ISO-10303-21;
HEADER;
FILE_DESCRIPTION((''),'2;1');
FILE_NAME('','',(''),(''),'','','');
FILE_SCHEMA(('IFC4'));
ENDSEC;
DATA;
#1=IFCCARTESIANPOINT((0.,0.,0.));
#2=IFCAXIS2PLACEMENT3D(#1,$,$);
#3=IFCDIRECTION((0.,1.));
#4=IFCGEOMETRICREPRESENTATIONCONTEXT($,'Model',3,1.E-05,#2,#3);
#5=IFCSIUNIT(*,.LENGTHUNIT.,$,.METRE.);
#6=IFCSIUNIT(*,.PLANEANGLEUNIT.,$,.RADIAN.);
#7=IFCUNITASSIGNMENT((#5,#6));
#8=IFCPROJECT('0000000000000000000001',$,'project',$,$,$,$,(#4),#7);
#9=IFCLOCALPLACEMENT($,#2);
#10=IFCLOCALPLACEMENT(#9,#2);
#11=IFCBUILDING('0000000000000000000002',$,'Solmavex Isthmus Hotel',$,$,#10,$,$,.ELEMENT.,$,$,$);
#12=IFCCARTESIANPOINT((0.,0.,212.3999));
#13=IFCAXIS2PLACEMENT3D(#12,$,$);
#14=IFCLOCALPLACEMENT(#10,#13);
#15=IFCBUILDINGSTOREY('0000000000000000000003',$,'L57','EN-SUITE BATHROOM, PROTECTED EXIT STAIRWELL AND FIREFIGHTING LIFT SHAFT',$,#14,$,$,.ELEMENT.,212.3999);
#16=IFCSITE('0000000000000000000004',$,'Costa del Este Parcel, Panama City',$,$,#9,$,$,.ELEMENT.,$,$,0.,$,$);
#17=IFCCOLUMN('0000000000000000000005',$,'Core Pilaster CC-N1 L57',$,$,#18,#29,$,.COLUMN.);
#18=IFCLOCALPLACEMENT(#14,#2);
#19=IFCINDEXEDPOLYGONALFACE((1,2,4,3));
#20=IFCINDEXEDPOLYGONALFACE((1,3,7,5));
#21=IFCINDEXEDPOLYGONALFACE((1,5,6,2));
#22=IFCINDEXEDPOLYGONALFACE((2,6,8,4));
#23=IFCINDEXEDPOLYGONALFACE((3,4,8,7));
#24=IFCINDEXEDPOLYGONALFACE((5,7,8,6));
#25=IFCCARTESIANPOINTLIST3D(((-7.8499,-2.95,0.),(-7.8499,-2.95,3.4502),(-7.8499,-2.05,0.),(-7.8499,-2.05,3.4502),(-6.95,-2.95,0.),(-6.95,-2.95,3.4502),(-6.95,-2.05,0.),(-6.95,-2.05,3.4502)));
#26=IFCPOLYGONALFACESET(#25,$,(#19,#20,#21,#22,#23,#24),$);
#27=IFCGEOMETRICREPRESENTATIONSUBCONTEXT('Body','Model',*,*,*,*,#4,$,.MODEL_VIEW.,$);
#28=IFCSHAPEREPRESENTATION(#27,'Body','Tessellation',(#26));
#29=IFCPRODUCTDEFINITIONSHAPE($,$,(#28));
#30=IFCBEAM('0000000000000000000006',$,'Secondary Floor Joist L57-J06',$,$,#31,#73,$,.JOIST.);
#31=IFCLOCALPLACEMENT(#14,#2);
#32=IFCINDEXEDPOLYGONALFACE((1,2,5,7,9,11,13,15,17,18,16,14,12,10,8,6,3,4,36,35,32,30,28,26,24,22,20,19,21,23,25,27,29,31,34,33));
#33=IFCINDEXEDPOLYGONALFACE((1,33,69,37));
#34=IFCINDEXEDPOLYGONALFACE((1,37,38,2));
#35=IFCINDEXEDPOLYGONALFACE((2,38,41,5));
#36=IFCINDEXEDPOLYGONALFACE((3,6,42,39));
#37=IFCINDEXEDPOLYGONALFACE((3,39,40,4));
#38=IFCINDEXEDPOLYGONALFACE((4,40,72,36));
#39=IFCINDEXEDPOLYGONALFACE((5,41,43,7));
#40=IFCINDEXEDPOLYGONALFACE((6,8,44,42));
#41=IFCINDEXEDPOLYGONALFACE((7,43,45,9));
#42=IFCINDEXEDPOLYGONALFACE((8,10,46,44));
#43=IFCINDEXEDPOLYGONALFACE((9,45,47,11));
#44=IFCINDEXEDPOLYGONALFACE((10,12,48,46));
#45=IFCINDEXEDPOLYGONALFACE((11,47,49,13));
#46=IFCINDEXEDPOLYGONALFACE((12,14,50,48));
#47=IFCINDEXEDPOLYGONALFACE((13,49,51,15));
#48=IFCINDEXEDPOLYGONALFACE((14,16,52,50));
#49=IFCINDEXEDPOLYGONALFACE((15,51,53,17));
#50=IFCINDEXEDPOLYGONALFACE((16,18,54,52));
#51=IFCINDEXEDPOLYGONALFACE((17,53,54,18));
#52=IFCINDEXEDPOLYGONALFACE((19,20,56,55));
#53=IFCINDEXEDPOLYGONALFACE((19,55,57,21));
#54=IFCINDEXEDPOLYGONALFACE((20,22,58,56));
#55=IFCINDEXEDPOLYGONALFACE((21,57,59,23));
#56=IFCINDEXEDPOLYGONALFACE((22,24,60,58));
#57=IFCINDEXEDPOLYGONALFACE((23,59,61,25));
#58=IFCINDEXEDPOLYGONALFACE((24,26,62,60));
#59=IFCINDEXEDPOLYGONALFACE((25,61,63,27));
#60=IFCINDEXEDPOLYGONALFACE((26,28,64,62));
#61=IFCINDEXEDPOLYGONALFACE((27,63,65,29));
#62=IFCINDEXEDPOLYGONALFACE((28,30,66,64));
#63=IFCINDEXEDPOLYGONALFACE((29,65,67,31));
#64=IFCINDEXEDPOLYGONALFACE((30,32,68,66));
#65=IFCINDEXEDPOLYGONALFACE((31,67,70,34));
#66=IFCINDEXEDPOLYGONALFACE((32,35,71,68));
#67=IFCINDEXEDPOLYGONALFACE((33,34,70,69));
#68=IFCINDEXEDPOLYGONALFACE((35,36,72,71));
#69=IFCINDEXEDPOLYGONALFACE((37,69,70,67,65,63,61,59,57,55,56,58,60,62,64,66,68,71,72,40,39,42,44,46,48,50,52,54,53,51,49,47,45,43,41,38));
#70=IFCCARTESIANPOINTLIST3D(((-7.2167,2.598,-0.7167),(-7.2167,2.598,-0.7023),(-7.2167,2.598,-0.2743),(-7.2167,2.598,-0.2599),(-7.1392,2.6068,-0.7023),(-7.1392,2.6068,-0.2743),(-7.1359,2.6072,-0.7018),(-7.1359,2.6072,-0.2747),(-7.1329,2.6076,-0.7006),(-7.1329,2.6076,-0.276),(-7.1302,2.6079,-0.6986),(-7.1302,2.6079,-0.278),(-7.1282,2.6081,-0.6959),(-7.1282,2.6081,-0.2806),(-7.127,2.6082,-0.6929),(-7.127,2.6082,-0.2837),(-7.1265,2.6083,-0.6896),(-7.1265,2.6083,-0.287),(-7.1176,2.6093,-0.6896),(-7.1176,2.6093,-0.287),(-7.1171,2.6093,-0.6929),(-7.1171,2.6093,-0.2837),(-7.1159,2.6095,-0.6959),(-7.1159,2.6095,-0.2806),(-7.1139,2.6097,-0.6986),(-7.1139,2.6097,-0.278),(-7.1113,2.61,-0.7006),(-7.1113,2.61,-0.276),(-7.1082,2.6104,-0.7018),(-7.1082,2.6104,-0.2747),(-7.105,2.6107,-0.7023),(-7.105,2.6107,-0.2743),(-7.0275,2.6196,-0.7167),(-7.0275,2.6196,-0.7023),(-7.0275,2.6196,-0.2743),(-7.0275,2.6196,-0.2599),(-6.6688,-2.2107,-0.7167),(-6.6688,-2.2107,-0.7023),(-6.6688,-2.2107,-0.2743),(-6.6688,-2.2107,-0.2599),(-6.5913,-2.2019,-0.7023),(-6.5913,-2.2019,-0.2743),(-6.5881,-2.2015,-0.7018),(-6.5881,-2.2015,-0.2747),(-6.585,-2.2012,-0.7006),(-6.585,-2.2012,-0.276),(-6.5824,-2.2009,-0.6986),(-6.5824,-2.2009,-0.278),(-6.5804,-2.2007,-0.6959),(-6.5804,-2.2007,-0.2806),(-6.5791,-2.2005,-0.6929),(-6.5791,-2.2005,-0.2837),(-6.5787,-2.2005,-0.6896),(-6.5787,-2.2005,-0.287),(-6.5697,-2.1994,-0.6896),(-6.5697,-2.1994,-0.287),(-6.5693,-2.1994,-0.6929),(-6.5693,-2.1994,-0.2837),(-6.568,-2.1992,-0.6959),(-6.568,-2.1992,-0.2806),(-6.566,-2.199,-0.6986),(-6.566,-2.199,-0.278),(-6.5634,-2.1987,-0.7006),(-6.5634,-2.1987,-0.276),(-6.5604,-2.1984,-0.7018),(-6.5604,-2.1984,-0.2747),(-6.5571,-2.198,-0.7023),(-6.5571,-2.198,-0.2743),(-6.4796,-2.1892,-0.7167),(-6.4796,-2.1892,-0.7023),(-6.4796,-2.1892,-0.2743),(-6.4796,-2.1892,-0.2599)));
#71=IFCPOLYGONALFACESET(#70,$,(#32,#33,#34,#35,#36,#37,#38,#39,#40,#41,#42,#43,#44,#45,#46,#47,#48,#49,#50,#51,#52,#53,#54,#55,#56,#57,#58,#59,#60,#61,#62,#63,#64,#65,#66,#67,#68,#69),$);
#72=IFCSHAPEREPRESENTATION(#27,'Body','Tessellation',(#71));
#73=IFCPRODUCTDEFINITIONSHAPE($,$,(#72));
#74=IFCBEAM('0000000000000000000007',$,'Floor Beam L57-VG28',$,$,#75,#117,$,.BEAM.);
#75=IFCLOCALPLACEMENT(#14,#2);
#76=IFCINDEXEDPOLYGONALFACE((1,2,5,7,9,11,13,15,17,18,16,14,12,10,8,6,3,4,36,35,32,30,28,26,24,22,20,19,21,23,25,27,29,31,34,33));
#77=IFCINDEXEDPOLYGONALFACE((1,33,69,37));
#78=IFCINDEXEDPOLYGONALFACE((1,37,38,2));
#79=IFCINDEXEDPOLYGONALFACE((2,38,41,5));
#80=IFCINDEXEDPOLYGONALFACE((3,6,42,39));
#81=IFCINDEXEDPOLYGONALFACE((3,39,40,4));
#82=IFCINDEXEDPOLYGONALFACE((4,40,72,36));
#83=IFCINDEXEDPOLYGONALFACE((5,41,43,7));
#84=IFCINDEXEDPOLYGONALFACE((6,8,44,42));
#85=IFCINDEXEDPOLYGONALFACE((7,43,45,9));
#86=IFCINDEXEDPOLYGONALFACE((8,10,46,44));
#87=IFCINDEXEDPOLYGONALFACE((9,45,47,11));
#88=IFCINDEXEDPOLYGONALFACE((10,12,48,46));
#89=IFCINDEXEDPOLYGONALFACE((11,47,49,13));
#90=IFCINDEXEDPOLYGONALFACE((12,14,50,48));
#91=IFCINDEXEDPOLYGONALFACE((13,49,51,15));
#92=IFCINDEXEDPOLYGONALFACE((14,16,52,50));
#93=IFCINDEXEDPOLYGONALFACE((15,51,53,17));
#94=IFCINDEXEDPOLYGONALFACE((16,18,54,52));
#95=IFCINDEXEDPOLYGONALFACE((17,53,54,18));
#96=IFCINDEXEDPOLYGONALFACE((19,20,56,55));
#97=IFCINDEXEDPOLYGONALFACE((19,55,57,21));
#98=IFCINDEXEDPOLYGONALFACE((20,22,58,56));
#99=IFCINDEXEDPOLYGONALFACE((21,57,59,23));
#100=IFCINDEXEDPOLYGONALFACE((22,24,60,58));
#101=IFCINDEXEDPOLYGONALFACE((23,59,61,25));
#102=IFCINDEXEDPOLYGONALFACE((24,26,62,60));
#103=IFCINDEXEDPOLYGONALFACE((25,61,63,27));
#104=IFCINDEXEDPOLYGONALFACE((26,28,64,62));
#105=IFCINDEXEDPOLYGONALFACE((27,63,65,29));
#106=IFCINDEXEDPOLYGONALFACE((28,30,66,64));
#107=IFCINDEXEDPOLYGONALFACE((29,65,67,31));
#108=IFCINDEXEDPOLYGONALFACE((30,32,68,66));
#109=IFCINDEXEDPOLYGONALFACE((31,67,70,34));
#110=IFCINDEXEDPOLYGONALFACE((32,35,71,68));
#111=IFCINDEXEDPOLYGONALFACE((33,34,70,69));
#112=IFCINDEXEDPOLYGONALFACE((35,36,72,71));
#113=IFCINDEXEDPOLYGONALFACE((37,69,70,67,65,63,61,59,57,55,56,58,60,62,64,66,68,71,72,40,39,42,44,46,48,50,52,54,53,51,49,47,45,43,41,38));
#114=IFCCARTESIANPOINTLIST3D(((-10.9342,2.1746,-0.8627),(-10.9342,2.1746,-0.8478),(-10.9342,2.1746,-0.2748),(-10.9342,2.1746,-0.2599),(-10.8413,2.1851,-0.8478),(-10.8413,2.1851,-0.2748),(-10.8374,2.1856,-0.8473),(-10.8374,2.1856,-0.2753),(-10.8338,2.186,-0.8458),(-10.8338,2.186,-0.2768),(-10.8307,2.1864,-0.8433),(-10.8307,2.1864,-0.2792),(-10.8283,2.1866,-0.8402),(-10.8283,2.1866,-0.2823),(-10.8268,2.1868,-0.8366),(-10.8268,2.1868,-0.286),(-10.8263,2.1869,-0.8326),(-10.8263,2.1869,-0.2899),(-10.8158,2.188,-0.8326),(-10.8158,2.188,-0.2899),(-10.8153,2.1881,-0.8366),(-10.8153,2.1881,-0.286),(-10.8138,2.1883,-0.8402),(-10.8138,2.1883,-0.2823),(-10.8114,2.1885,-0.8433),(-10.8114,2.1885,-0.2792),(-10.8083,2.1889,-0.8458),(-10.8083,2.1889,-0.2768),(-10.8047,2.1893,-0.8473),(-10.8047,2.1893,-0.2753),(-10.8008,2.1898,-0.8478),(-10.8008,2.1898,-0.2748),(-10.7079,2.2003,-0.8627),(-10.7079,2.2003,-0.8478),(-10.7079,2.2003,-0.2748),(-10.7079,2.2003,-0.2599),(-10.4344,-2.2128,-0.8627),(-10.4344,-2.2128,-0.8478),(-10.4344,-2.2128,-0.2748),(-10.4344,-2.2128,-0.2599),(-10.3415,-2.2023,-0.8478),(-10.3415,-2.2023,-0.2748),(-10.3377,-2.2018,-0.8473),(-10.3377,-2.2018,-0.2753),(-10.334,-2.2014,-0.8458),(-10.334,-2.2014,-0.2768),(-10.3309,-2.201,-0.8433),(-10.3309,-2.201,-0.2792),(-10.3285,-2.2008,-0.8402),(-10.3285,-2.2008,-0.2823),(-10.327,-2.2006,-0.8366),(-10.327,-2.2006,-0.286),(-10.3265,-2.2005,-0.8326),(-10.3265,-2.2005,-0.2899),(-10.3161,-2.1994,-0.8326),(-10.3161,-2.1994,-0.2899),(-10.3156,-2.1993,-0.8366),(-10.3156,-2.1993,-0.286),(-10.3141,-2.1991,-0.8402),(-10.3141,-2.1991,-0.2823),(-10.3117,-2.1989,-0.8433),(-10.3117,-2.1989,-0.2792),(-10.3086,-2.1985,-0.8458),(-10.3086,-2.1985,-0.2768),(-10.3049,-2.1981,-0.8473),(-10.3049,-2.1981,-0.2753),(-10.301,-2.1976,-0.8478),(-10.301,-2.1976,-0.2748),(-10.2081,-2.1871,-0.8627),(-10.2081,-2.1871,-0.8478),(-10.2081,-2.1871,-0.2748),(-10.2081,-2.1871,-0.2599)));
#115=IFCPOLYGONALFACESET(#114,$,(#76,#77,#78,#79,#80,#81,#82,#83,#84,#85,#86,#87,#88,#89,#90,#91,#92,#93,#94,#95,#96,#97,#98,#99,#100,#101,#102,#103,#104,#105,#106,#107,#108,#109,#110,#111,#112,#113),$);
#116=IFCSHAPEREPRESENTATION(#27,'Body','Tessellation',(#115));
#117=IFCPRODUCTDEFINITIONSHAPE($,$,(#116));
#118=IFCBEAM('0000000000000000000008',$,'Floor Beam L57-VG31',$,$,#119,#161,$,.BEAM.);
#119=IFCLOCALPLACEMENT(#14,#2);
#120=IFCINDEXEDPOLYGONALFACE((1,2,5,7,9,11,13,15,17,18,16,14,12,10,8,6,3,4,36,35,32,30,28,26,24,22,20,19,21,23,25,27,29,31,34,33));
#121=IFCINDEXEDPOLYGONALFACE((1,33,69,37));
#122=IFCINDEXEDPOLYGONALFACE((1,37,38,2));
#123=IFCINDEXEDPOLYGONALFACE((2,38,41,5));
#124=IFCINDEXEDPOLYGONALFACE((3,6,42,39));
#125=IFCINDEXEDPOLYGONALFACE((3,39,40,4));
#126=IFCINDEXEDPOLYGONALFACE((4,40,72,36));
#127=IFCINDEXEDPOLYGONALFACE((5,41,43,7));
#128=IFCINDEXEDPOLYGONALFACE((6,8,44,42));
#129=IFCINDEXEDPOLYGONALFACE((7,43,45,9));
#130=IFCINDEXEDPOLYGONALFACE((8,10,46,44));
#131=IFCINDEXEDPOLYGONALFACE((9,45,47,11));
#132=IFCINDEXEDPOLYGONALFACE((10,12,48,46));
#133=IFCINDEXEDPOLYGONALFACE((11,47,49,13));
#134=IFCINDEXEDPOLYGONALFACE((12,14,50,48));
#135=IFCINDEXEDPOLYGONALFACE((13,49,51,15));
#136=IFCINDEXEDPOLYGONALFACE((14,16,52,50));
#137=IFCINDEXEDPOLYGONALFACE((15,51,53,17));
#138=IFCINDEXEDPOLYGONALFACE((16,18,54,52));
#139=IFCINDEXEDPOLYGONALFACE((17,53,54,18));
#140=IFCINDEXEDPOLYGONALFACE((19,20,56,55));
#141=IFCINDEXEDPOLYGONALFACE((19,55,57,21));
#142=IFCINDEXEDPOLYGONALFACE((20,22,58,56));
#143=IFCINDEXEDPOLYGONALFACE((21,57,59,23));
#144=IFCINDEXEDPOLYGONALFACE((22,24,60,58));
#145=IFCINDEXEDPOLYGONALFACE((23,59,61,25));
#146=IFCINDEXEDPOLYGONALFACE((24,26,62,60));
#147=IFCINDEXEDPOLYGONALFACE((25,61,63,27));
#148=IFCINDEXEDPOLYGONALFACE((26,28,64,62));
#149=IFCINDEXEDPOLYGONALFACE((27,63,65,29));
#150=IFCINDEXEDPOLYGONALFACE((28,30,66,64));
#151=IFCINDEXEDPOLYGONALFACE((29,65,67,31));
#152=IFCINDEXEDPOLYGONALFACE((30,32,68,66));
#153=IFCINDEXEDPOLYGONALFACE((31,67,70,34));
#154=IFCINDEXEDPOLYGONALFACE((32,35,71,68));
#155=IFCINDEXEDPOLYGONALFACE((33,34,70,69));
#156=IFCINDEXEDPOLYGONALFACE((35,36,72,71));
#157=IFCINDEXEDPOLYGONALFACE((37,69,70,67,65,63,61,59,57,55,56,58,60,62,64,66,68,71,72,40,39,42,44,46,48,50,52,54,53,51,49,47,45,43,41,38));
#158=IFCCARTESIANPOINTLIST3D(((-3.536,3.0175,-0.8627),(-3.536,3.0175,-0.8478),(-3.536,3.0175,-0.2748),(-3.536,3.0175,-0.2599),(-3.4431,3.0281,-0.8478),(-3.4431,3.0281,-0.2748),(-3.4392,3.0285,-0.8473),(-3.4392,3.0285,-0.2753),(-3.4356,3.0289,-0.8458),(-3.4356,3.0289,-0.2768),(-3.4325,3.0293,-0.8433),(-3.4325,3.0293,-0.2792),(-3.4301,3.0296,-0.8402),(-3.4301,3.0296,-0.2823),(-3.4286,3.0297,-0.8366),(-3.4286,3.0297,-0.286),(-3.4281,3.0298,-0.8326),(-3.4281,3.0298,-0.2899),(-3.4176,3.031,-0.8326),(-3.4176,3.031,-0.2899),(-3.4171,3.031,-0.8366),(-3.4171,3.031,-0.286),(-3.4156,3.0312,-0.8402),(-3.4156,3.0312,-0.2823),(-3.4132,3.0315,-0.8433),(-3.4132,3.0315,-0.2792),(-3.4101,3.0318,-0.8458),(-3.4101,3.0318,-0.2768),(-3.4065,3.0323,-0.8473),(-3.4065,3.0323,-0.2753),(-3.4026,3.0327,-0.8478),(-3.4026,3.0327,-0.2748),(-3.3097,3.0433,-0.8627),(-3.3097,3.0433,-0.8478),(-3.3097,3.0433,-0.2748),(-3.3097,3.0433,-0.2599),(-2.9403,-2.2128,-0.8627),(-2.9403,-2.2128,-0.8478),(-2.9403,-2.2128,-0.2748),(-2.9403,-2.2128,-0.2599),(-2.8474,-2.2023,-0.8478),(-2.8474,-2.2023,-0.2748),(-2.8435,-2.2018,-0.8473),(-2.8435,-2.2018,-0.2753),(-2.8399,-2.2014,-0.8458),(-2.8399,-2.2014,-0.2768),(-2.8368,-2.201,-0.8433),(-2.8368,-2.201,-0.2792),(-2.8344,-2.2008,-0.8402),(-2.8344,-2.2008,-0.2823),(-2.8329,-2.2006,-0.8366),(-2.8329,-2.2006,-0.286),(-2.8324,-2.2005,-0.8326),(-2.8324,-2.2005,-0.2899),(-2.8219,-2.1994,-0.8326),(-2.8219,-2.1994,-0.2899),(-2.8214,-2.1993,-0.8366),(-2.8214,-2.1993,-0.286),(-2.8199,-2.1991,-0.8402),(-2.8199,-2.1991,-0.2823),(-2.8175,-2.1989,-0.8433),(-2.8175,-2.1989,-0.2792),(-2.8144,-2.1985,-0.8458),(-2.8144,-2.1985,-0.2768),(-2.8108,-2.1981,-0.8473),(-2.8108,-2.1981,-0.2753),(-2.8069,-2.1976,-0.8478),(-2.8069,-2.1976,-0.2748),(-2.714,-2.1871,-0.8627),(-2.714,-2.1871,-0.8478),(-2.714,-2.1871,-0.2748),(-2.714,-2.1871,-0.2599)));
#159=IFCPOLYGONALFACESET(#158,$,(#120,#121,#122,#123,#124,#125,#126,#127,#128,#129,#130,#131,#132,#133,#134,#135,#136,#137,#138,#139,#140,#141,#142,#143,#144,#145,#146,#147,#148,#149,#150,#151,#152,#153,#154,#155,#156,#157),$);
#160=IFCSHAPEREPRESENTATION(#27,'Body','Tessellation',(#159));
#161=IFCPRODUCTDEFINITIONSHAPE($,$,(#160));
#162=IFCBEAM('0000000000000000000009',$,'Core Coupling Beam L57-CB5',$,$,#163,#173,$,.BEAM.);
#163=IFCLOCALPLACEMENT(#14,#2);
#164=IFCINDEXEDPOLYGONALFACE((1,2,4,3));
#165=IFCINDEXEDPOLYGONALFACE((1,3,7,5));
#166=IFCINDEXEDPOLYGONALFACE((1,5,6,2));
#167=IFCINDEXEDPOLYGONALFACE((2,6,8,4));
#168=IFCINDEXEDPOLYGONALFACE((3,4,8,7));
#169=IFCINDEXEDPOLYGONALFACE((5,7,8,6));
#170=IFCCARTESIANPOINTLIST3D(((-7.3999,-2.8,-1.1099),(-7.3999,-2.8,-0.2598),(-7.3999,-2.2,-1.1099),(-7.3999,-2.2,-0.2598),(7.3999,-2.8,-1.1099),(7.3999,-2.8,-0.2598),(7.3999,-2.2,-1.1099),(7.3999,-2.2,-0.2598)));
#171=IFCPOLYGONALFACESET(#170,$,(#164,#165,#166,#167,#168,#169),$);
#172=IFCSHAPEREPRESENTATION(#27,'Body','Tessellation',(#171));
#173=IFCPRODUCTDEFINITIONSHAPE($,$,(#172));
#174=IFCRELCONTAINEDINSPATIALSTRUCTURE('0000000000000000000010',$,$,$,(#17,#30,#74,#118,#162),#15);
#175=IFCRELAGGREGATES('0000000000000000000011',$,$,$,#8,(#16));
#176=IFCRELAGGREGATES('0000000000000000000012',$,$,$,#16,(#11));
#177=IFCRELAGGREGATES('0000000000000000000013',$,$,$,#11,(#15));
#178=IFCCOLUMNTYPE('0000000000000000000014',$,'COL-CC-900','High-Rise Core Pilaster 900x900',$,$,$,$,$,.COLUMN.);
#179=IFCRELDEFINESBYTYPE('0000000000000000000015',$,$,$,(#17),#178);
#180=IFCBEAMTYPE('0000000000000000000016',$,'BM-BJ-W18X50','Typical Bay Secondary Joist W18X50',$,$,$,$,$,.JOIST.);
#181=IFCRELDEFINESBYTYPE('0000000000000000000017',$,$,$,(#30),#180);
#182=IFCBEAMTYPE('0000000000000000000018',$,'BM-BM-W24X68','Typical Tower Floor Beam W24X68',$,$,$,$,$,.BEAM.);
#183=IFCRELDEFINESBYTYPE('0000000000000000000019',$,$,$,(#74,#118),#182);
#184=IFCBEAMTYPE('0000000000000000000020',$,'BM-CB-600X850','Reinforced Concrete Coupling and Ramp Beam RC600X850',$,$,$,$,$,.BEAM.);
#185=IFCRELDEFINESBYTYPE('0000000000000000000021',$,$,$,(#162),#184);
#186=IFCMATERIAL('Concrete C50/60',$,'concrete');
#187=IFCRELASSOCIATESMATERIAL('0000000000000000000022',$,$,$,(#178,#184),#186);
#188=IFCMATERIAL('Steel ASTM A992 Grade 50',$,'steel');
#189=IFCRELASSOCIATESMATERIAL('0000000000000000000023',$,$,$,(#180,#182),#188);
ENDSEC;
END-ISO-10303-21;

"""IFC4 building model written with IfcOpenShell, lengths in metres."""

from ifc_helpers import new_model, si_unit, direction, frame, origin, origin_2d, place, context, subcontext, project, spatial, rectangle, i_section, extrude, material, material_profile, profile_set, type_object, element, save


model = new_model("IFC4")

# Units and contexts
model_context = context("Model", 3, precision=1e-05, world=origin(), true_north=direction((0.0, 1.0)))
body_context = subcontext(model_context, "Body", "Model", "MODEL_VIEW")
ifc_project = project(units=[si_unit("LENGTHUNIT", "METRE"), si_unit("PLANEANGLEUNIT", "RADIAN")], contexts=[model_context])

# Site, building, storey
site_placement = place(None, origin())
site = spatial("IfcSite", under=ifc_project, at=site_placement, Name="Costa del Este Parcel, Panama City", CompositionType="ELEMENT", RefElevation=0.0)
building_placement = place(site_placement, origin())
building = spatial("IfcBuilding", under=site, at=building_placement, Name="Solmavex Isthmus Hotel", CompositionType="ELEMENT")
storey_placement = place(building_placement, frame((0.0, 0.0, 212.3999)))
storey = spatial("IfcBuildingStorey", under=building, at=storey_placement, Name="L57", Description="EN-SUITE BATHROOM, PROTECTED EXIT STAIRWELL AND FIREFIGHTING LIFT SHAFT", CompositionType="ELEMENT", Elevation=212.3999)

# Column
ifc_material_1 = material(Name="Concrete C50/60", Category="concrete")
ifc_material_profile_1 = material_profile(ifc_material_1, rectangle(XDim=0.8999, YDim=0.8999, at=origin_2d()), Name="RC900X900")
ifc_profile_set_1 = profile_set([ifc_material_profile_1], Name="Concrete C50/60")
column_type = type_object("IfcColumnType", Name="COL-CC-900", Description="High-Rise Core Pilaster 900x900", PredefinedType="COLUMN", material=ifc_profile_set_1)
column_placement = place(storey_placement, frame((-7.3999, -2.5, 0.0), z_axis=(0.0, 0.0, 1.0), x_axis=(1.0, 0.0, 0.0)))
element("IfcColumn", 1, at=column_placement, inside=storey, type_object=column_type, Name="Core Pilaster CC-N1 L57", PredefinedType="COLUMN", context=body_context, shape_type="SweptSolid", body=[
    extrude(rectangle(XDim=0.8999, YDim=0.8999, at=origin_2d()), origin(), (0.0, 0.0, 1.0), 3.4502),
])

# Beams
ifc_material_2 = material(Name="Steel ASTM A992 Grade 50", Category="steel")
ifc_material_profile_2 = material_profile(ifc_material_2, i_section(OverallWidth=0.1904, OverallDepth=0.4568, WebThickness=0.009, FlangeThickness=0.0144, FilletRadius=0.0127, at=origin_2d()), Name="W18X50")
ifc_profile_set_2 = profile_set([ifc_material_profile_2], Name="Steel ASTM A992 Grade 50")
beam_type_1 = type_object("IfcBeamType", Name="BM-BJ-W18X50", Description="Typical Bay Secondary Joist W18X50", PredefinedType="JOIST", material=ifc_profile_set_2)
beam_1_placement = place(storey_placement, frame((-6.5742, -2.2, -0.4883), z_axis=(-0.113194, 0.993573, 0.0), x_axis=(-0.993573, -0.113194, 0.0)))
element("IfcBeam", 2, at=beam_1_placement, inside=storey, type_object=beam_type_1, Name="Secondary Floor Joist L57-J06", PredefinedType="JOIST", context=body_context, shape_type="SweptSolid", body=[
    extrude(i_section(OverallWidth=0.1904, OverallDepth=0.4568, WebThickness=0.009, FlangeThickness=0.0144, FilletRadius=0.0127, at=origin_2d()), origin(), (0.0, 0.0, 1.0), 4.8398),
])
ifc_material_profile_3 = material_profile(ifc_material_2, i_section(OverallWidth=0.2278, OverallDepth=0.6028, WebThickness=0.0105, FlangeThickness=0.0149, FilletRadius=0.0151, at=origin_2d()), Name="W24X68")
ifc_profile_set_3 = profile_set([ifc_material_profile_3], Name="Steel ASTM A992 Grade 50")
beam_type_2 = type_object("IfcBeamType", Name="BM-BM-W24X68", Description="Typical Tower Floor Beam W24X68", PredefinedType="BEAM", material=ifc_profile_set_3)
beam_2_placement = place(storey_placement, frame((-10.3213, -2.2, -0.5613), z_axis=(-0.113174, 0.993575, 0.0), x_axis=(-0.993575, -0.113174, 0.0)))
element("IfcBeam", 3, at=beam_2_placement, inside=storey, type_object=beam_type_2, Name="Floor Beam L57-VG28", PredefinedType="BEAM", context=body_context, shape_type="SweptSolid", body=[
    extrude(i_section(OverallWidth=0.2278, OverallDepth=0.6028, WebThickness=0.0105, FlangeThickness=0.0149, FilletRadius=0.0151, at=origin_2d()), origin(), (0.0, 0.0, 1.0), 4.4158),
])
beam_3_placement = place(storey_placement, frame((-2.8271, -2.2, -0.5613), z_axis=(-0.113159, 0.993577, 0.0), x_axis=(-0.993577, -0.113159, 0.0)))
element("IfcBeam", 4, at=beam_3_placement, inside=storey, type_object=beam_type_2, Name="Floor Beam L57-VG31", PredefinedType="BEAM", context=body_context, shape_type="SweptSolid", body=[
    extrude(i_section(OverallWidth=0.2278, OverallDepth=0.6028, WebThickness=0.0105, FlangeThickness=0.0149, FilletRadius=0.0151, at=origin_2d()), origin(), (0.0, 0.0, 1.0), 5.2642),
])
ifc_material_profile_4 = material_profile(ifc_material_1, rectangle(XDim=0.6001, YDim=0.8501, at=origin_2d()), Name="RC600X850")
ifc_profile_set_4 = profile_set([ifc_material_profile_4], Name="Concrete C50/60")
beam_type_3 = type_object("IfcBeamType", Name="BM-CB-600X850", Description="Reinforced Concrete Coupling and Ramp Beam RC600X850", PredefinedType="BEAM", material=ifc_profile_set_4)
beam_4_placement = place(storey_placement, frame((-7.3999, -2.5, -0.6848), z_axis=(1.0, 0.0, 0.0), x_axis=(0.0, 1.0, 0.0)))
element("IfcBeam", 5, at=beam_4_placement, inside=storey, type_object=beam_type_3, Name="Core Coupling Beam L57-CB5", PredefinedType="BEAM", context=body_context, shape_type="SweptSolid", body=[
    extrude(rectangle(XDim=0.6001, YDim=0.8501, at=origin_2d()), origin(), (0.0, 0.0, 1.0), 14.7998),
])

save(model, "model.ifc")
